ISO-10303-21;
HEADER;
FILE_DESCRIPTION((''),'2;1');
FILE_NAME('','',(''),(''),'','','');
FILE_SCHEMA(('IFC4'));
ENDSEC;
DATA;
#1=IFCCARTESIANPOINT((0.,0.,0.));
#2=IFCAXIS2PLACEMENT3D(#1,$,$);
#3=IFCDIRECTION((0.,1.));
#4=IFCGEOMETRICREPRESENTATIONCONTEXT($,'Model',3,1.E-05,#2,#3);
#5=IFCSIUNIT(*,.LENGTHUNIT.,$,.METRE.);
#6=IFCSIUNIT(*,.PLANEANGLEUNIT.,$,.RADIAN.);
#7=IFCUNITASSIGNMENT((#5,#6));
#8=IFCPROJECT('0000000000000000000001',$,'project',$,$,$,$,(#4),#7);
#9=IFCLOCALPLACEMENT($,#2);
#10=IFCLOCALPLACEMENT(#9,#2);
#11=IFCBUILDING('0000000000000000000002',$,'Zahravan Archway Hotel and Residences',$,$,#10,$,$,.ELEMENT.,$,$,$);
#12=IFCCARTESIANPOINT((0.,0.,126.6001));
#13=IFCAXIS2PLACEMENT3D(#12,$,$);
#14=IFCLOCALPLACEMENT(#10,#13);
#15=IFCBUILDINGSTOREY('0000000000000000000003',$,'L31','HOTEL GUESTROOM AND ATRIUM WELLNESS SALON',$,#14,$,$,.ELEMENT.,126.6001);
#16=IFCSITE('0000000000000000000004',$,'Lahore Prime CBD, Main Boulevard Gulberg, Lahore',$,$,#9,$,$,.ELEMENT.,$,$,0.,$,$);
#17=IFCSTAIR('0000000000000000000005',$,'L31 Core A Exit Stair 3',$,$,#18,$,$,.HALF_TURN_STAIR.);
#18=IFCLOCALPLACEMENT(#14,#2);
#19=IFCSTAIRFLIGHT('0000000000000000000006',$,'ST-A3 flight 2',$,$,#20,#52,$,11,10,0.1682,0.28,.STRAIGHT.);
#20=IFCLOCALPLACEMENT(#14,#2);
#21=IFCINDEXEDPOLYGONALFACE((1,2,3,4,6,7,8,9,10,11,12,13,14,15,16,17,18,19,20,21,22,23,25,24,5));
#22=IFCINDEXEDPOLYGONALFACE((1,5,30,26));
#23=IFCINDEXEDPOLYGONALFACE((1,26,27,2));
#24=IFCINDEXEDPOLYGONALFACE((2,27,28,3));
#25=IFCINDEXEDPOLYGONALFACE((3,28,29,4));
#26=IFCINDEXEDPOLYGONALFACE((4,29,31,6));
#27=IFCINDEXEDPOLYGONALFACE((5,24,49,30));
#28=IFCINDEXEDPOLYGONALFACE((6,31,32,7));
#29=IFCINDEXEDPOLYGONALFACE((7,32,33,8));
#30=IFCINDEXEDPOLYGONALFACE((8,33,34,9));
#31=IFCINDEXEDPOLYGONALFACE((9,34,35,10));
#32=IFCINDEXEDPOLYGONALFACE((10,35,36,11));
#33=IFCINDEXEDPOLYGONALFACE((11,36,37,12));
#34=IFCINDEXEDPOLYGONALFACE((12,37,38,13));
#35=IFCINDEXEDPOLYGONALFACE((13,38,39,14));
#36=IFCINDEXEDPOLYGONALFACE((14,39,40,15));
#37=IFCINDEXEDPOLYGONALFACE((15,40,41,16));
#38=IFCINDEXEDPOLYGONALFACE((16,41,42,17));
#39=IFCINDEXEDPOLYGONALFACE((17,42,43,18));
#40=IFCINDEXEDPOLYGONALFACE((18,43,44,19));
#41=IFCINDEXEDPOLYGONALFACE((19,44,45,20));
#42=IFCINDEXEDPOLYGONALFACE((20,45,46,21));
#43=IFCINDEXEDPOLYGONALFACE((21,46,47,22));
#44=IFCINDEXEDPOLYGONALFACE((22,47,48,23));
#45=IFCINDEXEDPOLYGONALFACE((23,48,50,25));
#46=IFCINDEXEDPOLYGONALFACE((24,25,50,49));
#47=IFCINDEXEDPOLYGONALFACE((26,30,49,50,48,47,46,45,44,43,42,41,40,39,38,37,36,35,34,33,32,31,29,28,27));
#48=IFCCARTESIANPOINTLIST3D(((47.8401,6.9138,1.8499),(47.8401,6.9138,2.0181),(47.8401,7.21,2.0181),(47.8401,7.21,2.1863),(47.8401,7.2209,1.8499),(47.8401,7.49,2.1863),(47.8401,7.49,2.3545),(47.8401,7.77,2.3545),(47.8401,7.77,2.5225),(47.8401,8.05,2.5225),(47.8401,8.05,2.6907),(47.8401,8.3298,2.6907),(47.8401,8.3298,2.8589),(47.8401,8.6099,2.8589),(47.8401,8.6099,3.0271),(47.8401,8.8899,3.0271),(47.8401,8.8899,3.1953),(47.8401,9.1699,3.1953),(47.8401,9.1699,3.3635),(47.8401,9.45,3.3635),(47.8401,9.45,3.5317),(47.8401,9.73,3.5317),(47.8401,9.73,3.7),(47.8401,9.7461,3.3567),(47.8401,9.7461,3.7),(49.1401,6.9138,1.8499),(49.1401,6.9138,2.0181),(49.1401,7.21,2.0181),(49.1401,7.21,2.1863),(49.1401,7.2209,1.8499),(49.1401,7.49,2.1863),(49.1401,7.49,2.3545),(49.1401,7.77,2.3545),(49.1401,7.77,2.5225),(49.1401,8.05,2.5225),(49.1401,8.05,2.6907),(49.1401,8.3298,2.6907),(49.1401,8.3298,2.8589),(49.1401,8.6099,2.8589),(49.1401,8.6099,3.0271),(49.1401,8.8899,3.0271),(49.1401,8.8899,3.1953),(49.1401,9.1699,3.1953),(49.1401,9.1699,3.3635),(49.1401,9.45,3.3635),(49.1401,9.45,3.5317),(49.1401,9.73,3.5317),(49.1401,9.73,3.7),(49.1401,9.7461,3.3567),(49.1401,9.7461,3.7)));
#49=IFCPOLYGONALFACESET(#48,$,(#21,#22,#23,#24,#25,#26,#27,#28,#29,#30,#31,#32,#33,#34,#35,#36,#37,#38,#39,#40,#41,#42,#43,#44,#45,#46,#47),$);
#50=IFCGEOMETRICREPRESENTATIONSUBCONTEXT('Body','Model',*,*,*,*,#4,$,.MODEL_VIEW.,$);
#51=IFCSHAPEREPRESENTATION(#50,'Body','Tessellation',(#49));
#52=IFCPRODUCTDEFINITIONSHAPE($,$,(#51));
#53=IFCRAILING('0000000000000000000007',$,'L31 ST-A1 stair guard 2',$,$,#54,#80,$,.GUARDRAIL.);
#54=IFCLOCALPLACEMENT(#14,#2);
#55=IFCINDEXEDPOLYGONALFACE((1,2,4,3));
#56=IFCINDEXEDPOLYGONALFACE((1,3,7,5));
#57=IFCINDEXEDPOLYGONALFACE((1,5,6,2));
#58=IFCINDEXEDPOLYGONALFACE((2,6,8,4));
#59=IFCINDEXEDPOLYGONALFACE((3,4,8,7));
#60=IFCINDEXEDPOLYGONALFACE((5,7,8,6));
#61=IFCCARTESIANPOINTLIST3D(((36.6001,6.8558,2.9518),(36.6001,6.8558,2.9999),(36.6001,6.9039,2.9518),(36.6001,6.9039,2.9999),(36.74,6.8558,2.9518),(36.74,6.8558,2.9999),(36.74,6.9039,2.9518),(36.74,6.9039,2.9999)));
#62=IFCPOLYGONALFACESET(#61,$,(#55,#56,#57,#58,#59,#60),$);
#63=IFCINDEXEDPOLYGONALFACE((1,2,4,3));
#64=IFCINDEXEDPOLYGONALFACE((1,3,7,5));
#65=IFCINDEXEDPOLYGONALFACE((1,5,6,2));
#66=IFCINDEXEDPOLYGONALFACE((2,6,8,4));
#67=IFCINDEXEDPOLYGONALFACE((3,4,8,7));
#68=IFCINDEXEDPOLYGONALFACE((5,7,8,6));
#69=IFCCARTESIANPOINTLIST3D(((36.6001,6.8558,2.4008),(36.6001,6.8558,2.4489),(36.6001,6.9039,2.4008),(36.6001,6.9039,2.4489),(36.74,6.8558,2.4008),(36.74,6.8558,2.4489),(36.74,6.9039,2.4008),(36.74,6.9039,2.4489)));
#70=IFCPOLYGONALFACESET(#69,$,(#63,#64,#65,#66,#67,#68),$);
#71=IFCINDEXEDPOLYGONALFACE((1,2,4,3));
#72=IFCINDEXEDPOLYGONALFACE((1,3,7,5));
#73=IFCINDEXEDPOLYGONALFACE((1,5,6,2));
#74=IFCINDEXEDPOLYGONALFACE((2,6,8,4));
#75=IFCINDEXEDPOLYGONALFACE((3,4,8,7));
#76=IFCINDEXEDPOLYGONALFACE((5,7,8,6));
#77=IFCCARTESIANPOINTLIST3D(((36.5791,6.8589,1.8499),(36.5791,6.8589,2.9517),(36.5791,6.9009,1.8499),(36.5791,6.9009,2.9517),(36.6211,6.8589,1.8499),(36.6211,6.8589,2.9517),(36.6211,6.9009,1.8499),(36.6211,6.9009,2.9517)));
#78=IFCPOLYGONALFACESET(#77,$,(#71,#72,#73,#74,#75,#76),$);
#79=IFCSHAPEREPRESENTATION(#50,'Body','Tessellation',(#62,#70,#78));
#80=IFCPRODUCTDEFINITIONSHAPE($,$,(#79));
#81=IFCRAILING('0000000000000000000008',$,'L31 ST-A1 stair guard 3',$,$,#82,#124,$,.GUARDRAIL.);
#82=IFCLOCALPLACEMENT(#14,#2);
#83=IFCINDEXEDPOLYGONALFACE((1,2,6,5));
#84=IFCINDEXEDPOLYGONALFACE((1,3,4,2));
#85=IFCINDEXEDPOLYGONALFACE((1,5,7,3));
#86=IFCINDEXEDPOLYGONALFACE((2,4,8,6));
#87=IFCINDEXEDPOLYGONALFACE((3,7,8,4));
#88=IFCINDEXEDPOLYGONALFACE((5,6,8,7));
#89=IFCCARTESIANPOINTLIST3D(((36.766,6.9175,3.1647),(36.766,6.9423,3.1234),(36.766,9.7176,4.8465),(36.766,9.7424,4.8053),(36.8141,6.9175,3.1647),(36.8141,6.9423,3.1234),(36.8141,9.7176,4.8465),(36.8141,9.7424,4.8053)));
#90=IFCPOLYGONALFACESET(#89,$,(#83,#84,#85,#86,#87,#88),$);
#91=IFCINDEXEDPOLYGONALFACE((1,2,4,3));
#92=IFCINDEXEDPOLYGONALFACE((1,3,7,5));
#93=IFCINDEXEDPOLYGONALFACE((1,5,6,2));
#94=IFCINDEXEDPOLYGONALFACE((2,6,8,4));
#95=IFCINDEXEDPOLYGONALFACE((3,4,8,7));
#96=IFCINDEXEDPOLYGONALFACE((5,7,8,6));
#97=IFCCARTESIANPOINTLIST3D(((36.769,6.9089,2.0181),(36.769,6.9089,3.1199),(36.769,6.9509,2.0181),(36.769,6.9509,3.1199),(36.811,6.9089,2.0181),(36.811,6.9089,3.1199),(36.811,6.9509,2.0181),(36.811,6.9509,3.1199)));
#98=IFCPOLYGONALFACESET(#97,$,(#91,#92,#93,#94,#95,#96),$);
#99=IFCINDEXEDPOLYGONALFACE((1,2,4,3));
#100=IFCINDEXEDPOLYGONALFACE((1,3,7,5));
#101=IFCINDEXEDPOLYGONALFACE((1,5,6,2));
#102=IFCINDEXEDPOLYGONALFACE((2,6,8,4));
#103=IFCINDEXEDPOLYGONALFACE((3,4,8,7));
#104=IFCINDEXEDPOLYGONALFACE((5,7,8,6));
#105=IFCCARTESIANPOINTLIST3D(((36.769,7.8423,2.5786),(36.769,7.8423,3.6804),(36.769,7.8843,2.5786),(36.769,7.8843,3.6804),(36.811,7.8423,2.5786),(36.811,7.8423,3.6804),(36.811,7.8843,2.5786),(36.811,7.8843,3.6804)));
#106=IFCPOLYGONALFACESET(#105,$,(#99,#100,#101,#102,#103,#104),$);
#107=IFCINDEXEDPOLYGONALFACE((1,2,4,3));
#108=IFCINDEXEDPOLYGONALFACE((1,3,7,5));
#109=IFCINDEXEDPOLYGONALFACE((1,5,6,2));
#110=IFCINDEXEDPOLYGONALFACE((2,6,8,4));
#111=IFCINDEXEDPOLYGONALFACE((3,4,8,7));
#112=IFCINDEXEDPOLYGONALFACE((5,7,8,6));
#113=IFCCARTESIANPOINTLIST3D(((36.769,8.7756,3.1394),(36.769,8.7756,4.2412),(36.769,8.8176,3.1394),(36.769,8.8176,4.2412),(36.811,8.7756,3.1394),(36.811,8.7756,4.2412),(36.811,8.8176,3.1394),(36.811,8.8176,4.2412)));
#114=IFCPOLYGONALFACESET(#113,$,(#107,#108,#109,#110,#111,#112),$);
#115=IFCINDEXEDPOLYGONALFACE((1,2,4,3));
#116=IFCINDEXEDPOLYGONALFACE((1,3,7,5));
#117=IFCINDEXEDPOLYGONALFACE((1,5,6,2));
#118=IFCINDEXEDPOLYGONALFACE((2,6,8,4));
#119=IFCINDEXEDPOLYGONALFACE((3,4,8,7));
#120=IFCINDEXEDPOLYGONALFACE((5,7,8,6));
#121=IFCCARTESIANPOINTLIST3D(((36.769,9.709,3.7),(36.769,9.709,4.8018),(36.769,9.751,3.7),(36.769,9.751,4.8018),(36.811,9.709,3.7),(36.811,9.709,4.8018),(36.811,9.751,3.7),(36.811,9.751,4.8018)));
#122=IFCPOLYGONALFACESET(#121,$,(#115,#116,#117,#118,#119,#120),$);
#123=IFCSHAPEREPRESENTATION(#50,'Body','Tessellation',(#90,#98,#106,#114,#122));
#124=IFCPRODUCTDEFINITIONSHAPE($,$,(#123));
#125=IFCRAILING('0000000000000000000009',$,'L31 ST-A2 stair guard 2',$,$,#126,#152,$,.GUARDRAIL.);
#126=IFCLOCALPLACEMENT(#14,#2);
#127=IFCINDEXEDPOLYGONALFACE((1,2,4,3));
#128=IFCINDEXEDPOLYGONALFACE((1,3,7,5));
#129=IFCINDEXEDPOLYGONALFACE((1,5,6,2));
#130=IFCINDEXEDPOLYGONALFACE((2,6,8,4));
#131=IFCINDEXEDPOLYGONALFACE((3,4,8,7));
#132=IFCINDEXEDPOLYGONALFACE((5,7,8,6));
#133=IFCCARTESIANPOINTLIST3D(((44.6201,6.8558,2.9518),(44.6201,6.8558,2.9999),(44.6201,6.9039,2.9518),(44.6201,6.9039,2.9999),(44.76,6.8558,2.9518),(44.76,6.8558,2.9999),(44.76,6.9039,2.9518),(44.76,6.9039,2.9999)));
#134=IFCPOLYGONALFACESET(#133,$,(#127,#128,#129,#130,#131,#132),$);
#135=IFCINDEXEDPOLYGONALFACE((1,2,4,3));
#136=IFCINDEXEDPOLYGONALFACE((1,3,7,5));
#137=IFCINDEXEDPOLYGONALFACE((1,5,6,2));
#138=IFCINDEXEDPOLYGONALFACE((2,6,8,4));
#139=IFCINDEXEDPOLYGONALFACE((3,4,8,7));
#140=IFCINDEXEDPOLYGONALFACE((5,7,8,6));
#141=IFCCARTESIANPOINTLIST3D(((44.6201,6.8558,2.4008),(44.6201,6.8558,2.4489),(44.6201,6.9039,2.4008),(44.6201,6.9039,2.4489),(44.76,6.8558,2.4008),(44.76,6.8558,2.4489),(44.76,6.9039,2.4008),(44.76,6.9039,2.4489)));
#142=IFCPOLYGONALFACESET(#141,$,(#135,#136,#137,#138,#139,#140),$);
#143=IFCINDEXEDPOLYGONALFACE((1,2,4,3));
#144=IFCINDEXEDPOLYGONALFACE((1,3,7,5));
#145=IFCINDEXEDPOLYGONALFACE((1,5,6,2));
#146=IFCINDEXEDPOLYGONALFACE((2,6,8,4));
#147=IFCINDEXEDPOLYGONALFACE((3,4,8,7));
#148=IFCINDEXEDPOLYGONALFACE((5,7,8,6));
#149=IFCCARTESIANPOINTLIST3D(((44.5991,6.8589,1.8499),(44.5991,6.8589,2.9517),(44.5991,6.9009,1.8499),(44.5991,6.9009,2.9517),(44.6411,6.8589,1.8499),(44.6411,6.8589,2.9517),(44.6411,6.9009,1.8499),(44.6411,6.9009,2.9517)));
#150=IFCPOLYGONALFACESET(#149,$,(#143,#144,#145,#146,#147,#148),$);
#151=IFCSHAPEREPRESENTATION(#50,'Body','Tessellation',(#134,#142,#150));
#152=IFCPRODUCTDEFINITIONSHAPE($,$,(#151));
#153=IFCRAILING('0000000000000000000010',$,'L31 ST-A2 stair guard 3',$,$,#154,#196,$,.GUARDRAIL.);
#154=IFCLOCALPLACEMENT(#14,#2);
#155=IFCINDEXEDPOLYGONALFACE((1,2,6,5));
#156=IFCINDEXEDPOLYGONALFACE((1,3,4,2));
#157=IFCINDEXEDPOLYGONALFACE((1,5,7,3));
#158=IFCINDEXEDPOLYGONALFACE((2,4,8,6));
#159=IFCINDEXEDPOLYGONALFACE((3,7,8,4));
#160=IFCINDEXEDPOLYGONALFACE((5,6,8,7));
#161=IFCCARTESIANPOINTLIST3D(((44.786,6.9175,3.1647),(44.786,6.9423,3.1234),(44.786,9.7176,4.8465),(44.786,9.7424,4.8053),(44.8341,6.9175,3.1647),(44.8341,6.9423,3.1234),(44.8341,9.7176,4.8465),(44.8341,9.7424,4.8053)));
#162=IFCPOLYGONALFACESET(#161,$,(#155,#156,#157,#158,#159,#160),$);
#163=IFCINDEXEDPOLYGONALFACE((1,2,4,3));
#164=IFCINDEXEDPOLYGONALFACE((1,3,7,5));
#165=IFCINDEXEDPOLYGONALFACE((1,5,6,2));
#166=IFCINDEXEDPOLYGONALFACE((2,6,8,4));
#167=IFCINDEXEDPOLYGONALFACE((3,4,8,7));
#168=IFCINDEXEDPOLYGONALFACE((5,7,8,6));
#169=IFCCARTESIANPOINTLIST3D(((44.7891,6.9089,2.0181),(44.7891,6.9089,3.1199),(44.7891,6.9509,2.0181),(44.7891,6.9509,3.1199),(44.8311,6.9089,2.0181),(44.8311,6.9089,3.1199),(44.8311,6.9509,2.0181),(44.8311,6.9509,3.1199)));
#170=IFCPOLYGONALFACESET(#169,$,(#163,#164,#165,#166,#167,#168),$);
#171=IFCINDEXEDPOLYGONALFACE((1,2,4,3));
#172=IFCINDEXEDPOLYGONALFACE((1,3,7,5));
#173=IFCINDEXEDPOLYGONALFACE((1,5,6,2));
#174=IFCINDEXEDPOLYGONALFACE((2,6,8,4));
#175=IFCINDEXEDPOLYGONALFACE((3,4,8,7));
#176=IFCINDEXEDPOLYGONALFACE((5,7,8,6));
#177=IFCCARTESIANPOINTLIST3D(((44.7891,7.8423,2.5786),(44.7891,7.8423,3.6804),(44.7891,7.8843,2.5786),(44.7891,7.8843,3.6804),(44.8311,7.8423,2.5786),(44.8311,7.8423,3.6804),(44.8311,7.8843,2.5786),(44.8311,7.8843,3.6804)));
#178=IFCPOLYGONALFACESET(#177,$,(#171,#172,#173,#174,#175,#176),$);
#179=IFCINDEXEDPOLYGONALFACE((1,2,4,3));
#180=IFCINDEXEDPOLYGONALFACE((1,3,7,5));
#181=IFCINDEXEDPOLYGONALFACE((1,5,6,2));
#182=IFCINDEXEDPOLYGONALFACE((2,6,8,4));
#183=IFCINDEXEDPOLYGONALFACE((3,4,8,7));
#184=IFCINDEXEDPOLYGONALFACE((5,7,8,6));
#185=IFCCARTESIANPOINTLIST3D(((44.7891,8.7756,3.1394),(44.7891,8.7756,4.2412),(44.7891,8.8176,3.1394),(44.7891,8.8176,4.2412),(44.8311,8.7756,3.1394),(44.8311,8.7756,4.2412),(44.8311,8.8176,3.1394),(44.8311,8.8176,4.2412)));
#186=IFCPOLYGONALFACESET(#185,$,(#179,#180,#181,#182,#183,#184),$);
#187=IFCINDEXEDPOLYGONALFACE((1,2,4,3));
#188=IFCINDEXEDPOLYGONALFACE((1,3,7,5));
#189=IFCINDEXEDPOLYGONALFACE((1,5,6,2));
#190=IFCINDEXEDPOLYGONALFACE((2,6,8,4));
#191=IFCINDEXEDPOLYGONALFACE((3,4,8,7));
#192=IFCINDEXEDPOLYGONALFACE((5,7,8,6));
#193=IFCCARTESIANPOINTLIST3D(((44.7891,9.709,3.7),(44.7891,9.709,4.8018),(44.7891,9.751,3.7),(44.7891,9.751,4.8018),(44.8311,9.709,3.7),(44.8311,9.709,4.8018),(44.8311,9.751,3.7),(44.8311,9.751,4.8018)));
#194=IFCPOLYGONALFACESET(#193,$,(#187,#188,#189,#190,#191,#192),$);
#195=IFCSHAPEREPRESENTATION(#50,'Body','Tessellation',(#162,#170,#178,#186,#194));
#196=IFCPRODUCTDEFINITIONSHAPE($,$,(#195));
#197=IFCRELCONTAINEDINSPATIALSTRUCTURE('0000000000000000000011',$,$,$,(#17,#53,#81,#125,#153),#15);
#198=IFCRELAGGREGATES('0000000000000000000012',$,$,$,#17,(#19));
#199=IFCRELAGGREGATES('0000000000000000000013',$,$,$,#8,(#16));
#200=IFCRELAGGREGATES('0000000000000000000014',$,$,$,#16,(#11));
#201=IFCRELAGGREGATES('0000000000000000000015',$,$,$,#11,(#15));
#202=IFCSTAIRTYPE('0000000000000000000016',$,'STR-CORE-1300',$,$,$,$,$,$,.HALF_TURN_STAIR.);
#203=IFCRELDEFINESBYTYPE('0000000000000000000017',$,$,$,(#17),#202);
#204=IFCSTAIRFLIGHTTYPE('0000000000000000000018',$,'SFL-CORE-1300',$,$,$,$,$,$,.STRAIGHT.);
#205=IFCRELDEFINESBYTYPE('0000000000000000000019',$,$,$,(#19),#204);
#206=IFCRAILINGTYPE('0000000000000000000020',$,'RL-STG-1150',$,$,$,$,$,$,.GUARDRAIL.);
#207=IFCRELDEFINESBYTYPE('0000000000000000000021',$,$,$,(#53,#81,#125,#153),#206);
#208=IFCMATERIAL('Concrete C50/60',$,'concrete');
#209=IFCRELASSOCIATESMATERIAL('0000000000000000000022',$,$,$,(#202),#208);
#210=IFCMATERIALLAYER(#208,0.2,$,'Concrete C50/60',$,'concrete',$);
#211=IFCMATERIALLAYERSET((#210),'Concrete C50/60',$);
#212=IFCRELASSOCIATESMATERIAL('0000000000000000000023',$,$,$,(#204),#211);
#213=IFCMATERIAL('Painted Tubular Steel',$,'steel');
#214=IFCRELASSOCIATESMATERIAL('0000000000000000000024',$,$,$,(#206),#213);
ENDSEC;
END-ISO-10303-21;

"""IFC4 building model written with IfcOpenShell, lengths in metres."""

from ifc_helpers import new_model, si_unit, direction, frame, origin, origin_2d, place, context, subcontext, project, spatial, polyline, rectangle, outline, extrude, source, transform, mapped, material, layer, layer_set, type_object, element, aggregate, save


model = new_model("IFC4")

# Units and contexts
model_context = context("Model", 3, precision=1e-05, world=origin(), true_north=direction((0.0, 1.0)))
body_context = subcontext(model_context, "Body", "Model", "MODEL_VIEW")
ifc_project = project(units=[si_unit("LENGTHUNIT", "METRE"), si_unit("PLANEANGLEUNIT", "RADIAN")], contexts=[model_context])

# Site, building, storey
site_placement = place(None, origin())
site = spatial("IfcSite", under=ifc_project, at=site_placement, Name="Lahore Prime CBD, Main Boulevard Gulberg, Lahore", CompositionType="ELEMENT", RefElevation=0.0)
building_placement = place(site_placement, origin())
building = spatial("IfcBuilding", under=site, at=building_placement, Name="Zahravan Archway Hotel and Residences", CompositionType="ELEMENT")
storey_placement = place(building_placement, frame((0.0, 0.0, 126.6001)))
storey = spatial("IfcBuildingStorey", under=building, at=storey_placement, Name="L31", Description="HOTEL GUESTROOM AND ATRIUM WELLNESS SALON", CompositionType="ELEMENT", Elevation=126.6001)

# Shared definitions
ifc_material_1 = material(Name="Concrete C50/60", Category="concrete")

# Stair, stair flight
stair_type = type_object("IfcStairType", Name="STR-CORE-1300", PredefinedType="HALF_TURN_STAIR", material=ifc_material_1)
ifc_layer_1 = layer(ifc_material_1, 0.2, Name="Concrete C50/60", Category="concrete")
ifc_layer_set_1 = layer_set([ifc_layer_1], Name="Concrete C50/60")
stair_flight_type = type_object("IfcStairFlightType", Name="SFL-CORE-1300", PredefinedType="STRAIGHT", material=ifc_layer_set_1)
shared_shape_1 = source(origin(), body_context, "Body", "SweptSolid", [
    extrude(outline(polyline([(-0.0161, 0.0), (-0.0161, 0.1682), (0.28, 0.1682), (0.28, 0.3364), (0.5601, 0.3364), (0.5601, 0.5046), (0.8401, 0.5046), (0.8401, 0.6726), (1.1201, 0.6726), (1.1201, 0.8408), (1.3999, 0.8408), (1.3999, 1.009), (1.6799, 1.009), (1.6799, 1.1772), (1.96, 1.1772), (1.96, 1.3455), (2.24, 1.3455), (2.24, 1.5137), (2.52, 1.5137), (2.52, 1.6819), (2.8, 1.6819), (2.8, 1.8501), (2.8162, 1.8501), (2.8162, 1.5068), (0.291, 0.0), (-0.0161, 0.0)])), frame((0.0, 0.6499, 0.0), z_axis=(0.0, -1.0, 0.0), x_axis=(1.0, 0.0, 0.0)), (0.0, 0.0, 1.0), 1.3),
])
stair_1_placement = place(storey_placement, origin())
stair_1 = element("IfcStair", 1, at=stair_1_placement, inside=storey, type_object=stair_type, Name="L31 Core A Exit Stair 3", PredefinedType="HALF_TURN_STAIR")
stair_flight_1_placement = place(storey_placement, frame((48.49, 6.9299, 1.8499), z_axis=(0.0, 0.0, 1.0), x_axis=(0.0, 1.0, 0.0)))
stair_flight_1 = element("IfcStairFlight", 2, at=stair_flight_1_placement, type_object=stair_flight_type, Name="ST-A3 flight 2", NumberOfRisers=11, NumberOfTreads=10, PredefinedType="STRAIGHT", RiserHeight=0.1682, TreadLength=0.28, context=body_context, shape_type="MappedRepresentation", body=[
    mapped(shared_shape_1, transform((0.0, 0.0, 0.0), scale=1.0)),
])
aggregate(stair_1, [stair_flight_1])

# Railings
ifc_material_2 = material(Name="Painted Tubular Steel", Category="steel")
railing_type_1 = type_object("IfcRailingType", Name="RL-STG-1150", PredefinedType="GUARDRAIL", material=ifc_material_2)
railing_1_placement = place(storey_placement, frame((36.6001, 6.8799, 1.8499)))
element("IfcRailing", 3, at=railing_1_placement, inside=storey, type_object=railing_type_1, Name="L31 ST-A1 stair guard 2", PredefinedType="GUARDRAIL", context=body_context, shape_type="SweptSolid", body=[
    extrude(rectangle(XDim=0.0481, YDim=0.0481, at=origin_2d()), frame((0.0, 0.0, 1.126), z_axis=(1.0, 0.0, 0.0), x_axis=(0.0, 1.0, 0.0)), (0.0, 0.0, 1.0), 0.1399),
    extrude(rectangle(XDim=0.0481, YDim=0.0481, at=origin_2d()), frame((0.0, 0.0, 0.575), z_axis=(1.0, 0.0, 0.0), x_axis=(0.0, 1.0, 0.0)), (0.0, 0.0, 1.0), 0.1399),
    extrude(rectangle(XDim=0.042, YDim=0.042, at=origin_2d()), origin(), (0.0, 0.0, 1.0), 1.1018),
])
railing_2_placement = place(storey_placement, frame((36.79, 6.9299, 2.0181)))
element("IfcRailing", 4, at=railing_2_placement, inside=storey, type_object=railing_type_1, Name="L31 ST-A1 stair guard 3", PredefinedType="GUARDRAIL", context=body_context, shape_type="SweptSolid", body=[
    extrude(rectangle(XDim=0.0481, YDim=0.0481, at=origin_2d()), frame((0.0, 0.0, 1.126), z_axis=(0.0, 0.857242, 0.514913), x_axis=(-1.0, 0.0, 0.0)), (0.0, 0.0, 1.0), 3.2664),
    extrude(rectangle(XDim=0.042, YDim=0.042, at=origin_2d()), origin(), (0.0, 0.0, 1.0), 1.1018),
    extrude(rectangle(XDim=0.042, YDim=0.042, at=origin_2d()), frame((0.0, 0.9333, 0.5605)), (0.0, 0.0, 1.0), 1.1018),
    extrude(rectangle(XDim=0.042, YDim=0.042, at=origin_2d()), frame((0.0, 1.8667, 1.1213)), (0.0, 0.0, 1.0), 1.1018),
    extrude(rectangle(XDim=0.042, YDim=0.042, at=origin_2d()), frame((0.0, 2.8, 1.6819)), (0.0, 0.0, 1.0), 1.1018),
])
railing_3_placement = place(storey_placement, frame((44.6201, 6.8799, 1.8499)))
element("IfcRailing", 5, at=railing_3_placement, inside=storey, type_object=railing_type_1, Name="L31 ST-A2 stair guard 2", PredefinedType="GUARDRAIL", context=body_context, shape_type="SweptSolid", body=[
    extrude(rectangle(XDim=0.0481, YDim=0.0481, at=origin_2d()), frame((0.0, 0.0, 1.126), z_axis=(1.0, 0.0, 0.0), x_axis=(0.0, 1.0, 0.0)), (0.0, 0.0, 1.0), 0.1399),
    extrude(rectangle(XDim=0.0481, YDim=0.0481, at=origin_2d()), frame((0.0, 0.0, 0.575), z_axis=(1.0, 0.0, 0.0), x_axis=(0.0, 1.0, 0.0)), (0.0, 0.0, 1.0), 0.1399),
    extrude(rectangle(XDim=0.042, YDim=0.042, at=origin_2d()), origin(), (0.0, 0.0, 1.0), 1.1018),
])
railing_4_placement = place(storey_placement, frame((44.8101, 6.9299, 2.0181)))
element("IfcRailing", 6, at=railing_4_placement, inside=storey, type_object=railing_type_1, Name="L31 ST-A2 stair guard 3", PredefinedType="GUARDRAIL", context=body_context, shape_type="SweptSolid", body=[
    extrude(rectangle(XDim=0.0481, YDim=0.0481, at=origin_2d()), frame((0.0, 0.0, 1.126), z_axis=(0.0, 0.857242, 0.514913), x_axis=(-1.0, 0.0, 0.0)), (0.0, 0.0, 1.0), 3.2664),
    extrude(rectangle(XDim=0.042, YDim=0.042, at=origin_2d()), origin(), (0.0, 0.0, 1.0), 1.1018),
    extrude(rectangle(XDim=0.042, YDim=0.042, at=origin_2d()), frame((0.0, 0.9333, 0.5605)), (0.0, 0.0, 1.0), 1.1018),
    extrude(rectangle(XDim=0.042, YDim=0.042, at=origin_2d()), frame((0.0, 1.8667, 1.1213)), (0.0, 0.0, 1.0), 1.1018),
    extrude(rectangle(XDim=0.042, YDim=0.042, at=origin_2d()), frame((0.0, 2.8, 1.6819)), (0.0, 0.0, 1.0), 1.1018),
])

save(model, "model.ifc")
